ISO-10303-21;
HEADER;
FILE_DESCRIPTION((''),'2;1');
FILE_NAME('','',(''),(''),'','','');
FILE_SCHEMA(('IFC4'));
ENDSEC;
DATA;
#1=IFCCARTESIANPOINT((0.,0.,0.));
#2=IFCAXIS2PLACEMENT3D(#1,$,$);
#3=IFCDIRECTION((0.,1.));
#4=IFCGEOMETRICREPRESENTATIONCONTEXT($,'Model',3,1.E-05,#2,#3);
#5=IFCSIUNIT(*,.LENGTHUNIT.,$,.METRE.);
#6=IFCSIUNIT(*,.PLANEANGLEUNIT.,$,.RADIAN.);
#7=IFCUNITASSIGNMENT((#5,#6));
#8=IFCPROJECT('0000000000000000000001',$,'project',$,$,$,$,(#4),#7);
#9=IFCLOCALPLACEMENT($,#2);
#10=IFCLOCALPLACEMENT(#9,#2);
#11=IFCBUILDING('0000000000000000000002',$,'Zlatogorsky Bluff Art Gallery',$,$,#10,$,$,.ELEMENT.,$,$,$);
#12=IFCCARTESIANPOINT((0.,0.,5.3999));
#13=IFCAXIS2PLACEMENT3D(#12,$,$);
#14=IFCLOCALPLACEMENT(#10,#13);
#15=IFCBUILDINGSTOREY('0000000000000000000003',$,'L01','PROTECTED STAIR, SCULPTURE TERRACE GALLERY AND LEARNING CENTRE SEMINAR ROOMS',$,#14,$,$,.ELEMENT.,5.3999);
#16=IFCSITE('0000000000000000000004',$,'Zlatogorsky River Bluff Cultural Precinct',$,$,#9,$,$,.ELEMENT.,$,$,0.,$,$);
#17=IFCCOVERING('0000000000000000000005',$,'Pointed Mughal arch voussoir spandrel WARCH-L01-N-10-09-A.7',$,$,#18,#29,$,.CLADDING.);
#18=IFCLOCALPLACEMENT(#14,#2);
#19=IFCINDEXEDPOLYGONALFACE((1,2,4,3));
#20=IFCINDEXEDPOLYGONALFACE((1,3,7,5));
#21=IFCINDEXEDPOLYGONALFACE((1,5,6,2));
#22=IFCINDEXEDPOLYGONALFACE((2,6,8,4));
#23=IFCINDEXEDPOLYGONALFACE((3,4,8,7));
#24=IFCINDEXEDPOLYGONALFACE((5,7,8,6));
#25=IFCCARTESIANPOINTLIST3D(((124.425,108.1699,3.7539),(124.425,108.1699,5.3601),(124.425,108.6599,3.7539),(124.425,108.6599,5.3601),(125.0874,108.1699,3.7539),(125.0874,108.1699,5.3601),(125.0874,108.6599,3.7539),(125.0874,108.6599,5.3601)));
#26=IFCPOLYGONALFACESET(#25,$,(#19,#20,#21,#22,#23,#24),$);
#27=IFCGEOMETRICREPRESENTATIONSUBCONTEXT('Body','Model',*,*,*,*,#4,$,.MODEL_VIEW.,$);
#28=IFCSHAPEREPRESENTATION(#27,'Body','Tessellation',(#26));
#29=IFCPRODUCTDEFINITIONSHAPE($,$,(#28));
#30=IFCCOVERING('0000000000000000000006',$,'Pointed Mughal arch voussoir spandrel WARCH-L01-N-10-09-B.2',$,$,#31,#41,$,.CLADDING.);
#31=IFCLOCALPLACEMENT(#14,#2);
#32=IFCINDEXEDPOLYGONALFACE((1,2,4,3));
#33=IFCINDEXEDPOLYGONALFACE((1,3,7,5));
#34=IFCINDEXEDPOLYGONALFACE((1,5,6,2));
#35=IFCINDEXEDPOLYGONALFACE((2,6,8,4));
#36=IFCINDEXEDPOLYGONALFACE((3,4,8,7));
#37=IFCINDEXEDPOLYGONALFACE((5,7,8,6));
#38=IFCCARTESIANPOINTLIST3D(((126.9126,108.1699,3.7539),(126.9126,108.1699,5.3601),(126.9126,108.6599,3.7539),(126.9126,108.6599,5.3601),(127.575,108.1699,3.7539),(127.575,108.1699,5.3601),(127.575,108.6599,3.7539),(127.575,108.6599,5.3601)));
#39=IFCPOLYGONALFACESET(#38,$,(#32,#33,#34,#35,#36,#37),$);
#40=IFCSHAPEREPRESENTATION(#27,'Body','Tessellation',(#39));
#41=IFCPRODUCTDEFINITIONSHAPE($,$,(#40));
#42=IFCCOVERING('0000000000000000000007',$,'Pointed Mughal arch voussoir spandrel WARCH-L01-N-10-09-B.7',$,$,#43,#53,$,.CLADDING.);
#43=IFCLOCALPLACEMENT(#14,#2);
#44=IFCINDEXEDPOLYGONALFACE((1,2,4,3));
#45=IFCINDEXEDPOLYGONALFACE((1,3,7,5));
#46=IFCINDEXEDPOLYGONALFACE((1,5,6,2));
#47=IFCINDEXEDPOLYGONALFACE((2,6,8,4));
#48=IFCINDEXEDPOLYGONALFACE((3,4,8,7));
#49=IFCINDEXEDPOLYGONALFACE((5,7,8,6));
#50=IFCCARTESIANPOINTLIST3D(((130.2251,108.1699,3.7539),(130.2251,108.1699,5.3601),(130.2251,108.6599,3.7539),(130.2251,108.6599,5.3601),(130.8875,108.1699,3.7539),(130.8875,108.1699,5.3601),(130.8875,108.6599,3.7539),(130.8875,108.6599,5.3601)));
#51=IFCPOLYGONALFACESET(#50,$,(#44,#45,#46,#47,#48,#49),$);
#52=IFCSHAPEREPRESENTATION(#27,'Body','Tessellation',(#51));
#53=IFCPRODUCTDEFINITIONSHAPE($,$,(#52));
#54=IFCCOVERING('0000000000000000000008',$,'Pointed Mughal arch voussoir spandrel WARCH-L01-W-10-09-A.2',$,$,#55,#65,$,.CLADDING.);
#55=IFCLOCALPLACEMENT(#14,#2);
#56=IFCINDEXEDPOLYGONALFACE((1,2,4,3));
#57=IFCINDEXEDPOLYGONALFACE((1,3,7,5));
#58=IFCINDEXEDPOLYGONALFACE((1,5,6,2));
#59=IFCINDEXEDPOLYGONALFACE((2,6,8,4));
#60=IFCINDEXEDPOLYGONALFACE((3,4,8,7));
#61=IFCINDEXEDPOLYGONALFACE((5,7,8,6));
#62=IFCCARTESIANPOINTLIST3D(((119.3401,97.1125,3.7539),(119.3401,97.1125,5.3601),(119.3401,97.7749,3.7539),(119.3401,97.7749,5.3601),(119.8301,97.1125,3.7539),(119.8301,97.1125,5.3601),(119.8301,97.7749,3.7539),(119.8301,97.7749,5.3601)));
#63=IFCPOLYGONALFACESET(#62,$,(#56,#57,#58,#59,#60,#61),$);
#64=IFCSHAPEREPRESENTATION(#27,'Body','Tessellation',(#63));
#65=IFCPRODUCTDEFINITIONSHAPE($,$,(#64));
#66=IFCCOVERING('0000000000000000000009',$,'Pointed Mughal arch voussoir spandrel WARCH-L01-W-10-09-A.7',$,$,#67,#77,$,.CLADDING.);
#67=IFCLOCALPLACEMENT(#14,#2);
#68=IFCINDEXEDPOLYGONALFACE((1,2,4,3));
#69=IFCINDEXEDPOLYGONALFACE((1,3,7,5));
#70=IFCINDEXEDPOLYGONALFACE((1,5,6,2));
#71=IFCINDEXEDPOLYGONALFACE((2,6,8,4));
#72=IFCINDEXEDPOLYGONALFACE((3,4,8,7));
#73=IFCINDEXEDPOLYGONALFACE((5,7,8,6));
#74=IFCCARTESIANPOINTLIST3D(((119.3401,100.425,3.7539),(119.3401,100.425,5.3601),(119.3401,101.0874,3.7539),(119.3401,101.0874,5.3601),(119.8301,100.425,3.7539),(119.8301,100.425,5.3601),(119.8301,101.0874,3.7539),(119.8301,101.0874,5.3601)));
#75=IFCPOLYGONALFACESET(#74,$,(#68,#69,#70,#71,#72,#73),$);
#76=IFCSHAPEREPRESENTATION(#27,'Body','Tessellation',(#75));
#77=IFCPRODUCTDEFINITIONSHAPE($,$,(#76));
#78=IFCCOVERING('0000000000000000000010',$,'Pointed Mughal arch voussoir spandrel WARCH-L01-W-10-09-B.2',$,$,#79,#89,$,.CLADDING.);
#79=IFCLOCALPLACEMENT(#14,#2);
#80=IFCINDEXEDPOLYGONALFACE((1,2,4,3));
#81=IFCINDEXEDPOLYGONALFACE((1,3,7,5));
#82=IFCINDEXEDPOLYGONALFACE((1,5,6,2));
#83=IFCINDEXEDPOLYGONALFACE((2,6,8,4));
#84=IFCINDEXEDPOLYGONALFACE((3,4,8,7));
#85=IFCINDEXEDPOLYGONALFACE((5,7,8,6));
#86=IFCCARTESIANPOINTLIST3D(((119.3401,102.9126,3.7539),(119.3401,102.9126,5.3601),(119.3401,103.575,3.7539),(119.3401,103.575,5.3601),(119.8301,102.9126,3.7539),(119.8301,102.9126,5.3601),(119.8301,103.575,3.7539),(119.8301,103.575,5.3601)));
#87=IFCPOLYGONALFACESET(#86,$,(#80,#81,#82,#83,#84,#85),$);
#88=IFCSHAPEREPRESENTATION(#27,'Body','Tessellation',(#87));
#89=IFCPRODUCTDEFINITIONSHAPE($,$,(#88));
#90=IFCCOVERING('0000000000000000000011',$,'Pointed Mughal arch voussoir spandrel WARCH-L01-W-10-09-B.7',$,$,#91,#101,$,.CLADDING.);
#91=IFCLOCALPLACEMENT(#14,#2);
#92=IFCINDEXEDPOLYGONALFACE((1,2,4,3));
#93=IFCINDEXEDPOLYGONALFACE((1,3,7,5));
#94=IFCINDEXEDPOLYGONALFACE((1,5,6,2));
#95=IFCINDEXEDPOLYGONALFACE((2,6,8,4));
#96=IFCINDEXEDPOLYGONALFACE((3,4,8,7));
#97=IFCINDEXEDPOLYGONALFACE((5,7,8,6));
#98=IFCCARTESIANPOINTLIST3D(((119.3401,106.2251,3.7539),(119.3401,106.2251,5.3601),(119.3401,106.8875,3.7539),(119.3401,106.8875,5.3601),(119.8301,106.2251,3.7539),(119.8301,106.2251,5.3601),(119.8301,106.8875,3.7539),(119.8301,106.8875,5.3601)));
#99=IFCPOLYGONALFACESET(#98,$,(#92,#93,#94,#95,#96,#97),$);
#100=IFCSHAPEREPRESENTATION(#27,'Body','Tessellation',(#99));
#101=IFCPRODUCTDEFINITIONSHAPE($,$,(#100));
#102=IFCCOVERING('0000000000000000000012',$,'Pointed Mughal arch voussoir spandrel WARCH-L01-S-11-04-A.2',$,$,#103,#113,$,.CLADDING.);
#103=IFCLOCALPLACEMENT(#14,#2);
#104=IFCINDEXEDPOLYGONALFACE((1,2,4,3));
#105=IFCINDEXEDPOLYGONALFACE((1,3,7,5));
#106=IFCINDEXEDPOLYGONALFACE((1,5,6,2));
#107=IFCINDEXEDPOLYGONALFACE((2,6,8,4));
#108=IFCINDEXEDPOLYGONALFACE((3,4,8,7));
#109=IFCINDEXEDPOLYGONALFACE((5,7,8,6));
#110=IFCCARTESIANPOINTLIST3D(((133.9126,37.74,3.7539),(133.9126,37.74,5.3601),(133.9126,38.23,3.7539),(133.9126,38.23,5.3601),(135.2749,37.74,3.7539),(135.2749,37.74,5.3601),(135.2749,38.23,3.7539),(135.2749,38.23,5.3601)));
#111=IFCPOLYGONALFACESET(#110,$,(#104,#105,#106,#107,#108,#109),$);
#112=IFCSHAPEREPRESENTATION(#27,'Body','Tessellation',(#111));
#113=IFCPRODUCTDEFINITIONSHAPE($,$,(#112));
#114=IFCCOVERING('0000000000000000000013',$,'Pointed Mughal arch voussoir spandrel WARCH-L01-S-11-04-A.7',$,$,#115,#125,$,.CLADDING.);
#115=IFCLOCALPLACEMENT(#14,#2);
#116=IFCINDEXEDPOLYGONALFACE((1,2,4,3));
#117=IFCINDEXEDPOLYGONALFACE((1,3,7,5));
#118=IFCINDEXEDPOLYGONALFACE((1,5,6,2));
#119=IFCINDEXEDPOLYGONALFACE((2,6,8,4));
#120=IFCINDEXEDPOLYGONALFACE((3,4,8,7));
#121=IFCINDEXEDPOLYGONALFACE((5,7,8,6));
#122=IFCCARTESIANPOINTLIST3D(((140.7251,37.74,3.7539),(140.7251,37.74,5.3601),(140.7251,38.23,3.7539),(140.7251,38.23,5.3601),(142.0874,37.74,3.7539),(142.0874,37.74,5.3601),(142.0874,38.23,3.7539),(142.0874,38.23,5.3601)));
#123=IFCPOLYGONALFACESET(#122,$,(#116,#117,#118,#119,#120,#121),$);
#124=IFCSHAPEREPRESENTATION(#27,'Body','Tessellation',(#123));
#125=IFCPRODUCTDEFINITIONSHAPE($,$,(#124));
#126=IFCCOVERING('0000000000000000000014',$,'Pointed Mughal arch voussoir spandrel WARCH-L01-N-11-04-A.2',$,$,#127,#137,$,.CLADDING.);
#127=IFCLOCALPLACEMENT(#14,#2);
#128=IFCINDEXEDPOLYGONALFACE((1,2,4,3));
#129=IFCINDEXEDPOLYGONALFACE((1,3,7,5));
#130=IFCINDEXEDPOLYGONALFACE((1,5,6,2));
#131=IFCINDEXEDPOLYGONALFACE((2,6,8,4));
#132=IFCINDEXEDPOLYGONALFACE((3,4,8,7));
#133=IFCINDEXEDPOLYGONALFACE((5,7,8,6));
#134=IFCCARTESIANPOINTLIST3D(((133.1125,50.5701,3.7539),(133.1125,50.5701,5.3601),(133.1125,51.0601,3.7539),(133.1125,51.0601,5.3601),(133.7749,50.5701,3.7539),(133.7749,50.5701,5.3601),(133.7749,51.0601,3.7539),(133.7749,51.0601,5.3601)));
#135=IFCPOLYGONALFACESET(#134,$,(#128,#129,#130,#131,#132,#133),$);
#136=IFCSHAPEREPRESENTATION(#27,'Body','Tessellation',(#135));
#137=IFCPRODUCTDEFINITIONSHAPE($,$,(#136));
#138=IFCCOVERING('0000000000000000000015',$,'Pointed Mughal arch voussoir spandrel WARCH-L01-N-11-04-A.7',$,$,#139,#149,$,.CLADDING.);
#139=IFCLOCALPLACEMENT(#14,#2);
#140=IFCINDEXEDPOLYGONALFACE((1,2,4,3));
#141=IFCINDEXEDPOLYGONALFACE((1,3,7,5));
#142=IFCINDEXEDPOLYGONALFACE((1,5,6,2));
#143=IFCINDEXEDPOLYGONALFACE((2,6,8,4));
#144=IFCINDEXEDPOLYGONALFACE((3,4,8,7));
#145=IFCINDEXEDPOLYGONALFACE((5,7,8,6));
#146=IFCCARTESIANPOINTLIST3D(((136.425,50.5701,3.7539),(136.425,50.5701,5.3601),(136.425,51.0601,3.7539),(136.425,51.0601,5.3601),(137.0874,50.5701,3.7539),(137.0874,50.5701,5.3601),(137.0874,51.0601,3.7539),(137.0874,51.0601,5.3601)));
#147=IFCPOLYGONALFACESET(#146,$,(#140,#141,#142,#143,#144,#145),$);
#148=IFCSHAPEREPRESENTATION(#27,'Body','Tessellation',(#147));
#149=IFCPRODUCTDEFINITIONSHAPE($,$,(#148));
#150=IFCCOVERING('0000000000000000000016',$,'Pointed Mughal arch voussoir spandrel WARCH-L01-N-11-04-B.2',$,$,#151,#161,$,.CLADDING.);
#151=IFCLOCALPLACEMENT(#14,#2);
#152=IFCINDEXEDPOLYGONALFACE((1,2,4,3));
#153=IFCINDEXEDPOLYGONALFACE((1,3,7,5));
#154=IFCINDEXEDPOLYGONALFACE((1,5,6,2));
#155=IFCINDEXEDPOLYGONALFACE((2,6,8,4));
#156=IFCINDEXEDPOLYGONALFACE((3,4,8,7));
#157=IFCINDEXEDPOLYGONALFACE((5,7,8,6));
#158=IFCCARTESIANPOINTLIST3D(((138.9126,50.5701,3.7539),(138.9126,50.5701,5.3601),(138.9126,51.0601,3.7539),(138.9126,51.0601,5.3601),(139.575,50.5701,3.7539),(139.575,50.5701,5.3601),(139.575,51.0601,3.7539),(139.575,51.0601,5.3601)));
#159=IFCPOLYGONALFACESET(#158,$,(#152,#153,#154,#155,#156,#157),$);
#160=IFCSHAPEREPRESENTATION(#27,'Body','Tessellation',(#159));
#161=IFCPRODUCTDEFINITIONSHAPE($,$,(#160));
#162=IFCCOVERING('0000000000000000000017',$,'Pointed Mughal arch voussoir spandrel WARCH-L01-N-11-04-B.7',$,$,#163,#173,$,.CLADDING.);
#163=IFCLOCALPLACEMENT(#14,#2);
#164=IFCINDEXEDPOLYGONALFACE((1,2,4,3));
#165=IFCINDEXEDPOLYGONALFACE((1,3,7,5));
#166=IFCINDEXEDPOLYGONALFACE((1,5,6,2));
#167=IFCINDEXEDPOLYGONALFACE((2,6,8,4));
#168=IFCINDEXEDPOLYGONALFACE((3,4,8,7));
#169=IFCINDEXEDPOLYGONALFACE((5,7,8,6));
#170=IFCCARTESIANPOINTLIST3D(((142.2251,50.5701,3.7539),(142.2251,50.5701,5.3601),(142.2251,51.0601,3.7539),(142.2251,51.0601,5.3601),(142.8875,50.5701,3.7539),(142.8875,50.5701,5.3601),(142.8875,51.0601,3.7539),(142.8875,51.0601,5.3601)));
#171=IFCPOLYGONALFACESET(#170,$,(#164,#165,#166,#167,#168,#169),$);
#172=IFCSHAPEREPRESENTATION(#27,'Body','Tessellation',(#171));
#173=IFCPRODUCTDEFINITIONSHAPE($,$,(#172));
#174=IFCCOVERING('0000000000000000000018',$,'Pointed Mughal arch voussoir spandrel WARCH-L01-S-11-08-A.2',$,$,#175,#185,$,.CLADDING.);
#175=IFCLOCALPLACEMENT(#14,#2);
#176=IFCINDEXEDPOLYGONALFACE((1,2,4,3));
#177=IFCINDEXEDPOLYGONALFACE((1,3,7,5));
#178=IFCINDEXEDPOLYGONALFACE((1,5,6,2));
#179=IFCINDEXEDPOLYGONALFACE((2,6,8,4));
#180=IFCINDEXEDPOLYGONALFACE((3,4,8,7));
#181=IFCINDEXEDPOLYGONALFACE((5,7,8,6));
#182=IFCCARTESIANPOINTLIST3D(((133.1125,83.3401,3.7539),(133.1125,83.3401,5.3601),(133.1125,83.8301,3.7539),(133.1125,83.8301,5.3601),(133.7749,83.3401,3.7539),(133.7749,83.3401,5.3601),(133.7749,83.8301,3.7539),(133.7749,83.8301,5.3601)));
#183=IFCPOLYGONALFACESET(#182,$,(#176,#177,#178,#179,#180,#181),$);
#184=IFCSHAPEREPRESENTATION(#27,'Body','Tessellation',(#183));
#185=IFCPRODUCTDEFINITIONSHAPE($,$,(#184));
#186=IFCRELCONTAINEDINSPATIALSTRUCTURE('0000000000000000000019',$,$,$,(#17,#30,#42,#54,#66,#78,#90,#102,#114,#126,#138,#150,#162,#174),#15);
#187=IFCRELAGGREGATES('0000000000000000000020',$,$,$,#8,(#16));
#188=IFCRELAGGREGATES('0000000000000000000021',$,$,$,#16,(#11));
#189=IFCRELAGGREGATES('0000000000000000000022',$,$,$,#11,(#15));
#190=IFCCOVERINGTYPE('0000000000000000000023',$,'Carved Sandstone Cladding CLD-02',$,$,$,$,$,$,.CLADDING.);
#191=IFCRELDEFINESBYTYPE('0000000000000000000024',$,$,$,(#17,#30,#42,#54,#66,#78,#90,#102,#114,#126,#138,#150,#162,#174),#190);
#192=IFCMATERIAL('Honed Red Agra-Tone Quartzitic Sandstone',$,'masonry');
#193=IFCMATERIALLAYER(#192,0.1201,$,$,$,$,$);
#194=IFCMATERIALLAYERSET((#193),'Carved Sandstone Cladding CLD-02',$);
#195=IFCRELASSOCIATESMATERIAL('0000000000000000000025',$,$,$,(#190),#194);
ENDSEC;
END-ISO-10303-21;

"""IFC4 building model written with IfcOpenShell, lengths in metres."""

from ifc_helpers import new_model, si_unit, direction, frame, origin, place, context, subcontext, project, spatial, polyline, outline, extrude, material, layer, layer_set, type_object, element, save


model = new_model("IFC4")

# Units and contexts
model_context = context("Model", 3, precision=1e-05, world=origin(), true_north=direction((0.0, 1.0)))
body_context = subcontext(model_context, "Body", "Model", "MODEL_VIEW")
ifc_project = project(units=[si_unit("LENGTHUNIT", "METRE"), si_unit("PLANEANGLEUNIT", "RADIAN")], contexts=[model_context])

# Site, building, storey
site_placement = place(None, origin())
site = spatial("IfcSite", under=ifc_project, at=site_placement, Name="Zlatogorsky River Bluff Cultural Precinct", CompositionType="ELEMENT", RefElevation=0.0)
building_placement = place(site_placement, origin())
building = spatial("IfcBuilding", under=site, at=building_placement, Name="Zlatogorsky Bluff Art Gallery", CompositionType="ELEMENT")
storey_placement = place(building_placement, frame((0.0, 0.0, 5.3999)))
storey = spatial("IfcBuildingStorey", under=building, at=storey_placement, Name="L01", Description="PROTECTED STAIR, SCULPTURE TERRACE GALLERY AND LEARNING CENTRE SEMINAR ROOMS", CompositionType="ELEMENT", Elevation=5.3999)

# Coverings
ifc_material = material(Name="Honed Red Agra-Tone Quartzitic Sandstone", Category="masonry")
ifc_layer = layer(ifc_material, 0.1201)
ifc_layer_set = layer_set([ifc_layer], Name="Carved Sandstone Cladding CLD-02")
covering_type = type_object("IfcCoveringType", Name="Carved Sandstone Cladding CLD-02", PredefinedType="CLADDING", material=ifc_layer_set)
covering_1_placement = place(storey_placement, frame((0.0, 0.0, 3.7539)))
element("IfcCovering", 1, at=covering_1_placement, inside=storey, type_object=covering_type, Name="Pointed Mughal arch voussoir spandrel WARCH-L01-N-10-09-A.7", PredefinedType="CLADDING", context=body_context, shape_type="SweptSolid", body=[
    extrude(outline(polyline([(124.425, 108.1699), (125.0874, 108.1699), (125.0874, 108.6599), (124.425, 108.6599), (124.425, 108.1699)])), origin(), (0.0, 0.0, 1.0), 1.6062),
])
covering_2_placement = place(storey_placement, frame((0.0, 0.0, 3.7539)))
element("IfcCovering", 2, at=covering_2_placement, inside=storey, type_object=covering_type, Name="Pointed Mughal arch voussoir spandrel WARCH-L01-N-10-09-B.2", PredefinedType="CLADDING", context=body_context, shape_type="SweptSolid", body=[
    extrude(outline(polyline([(126.9126, 108.1699), (127.575, 108.1699), (127.575, 108.6599), (126.9126, 108.6599), (126.9126, 108.1699)])), origin(), (0.0, 0.0, 1.0), 1.6062),
])
covering_3_placement = place(storey_placement, frame((0.0, 0.0, 3.7539)))
element("IfcCovering", 3, at=covering_3_placement, inside=storey, type_object=covering_type, Name="Pointed Mughal arch voussoir spandrel WARCH-L01-N-10-09-B.7", PredefinedType="CLADDING", context=body_context, shape_type="SweptSolid", body=[
    extrude(outline(polyline([(130.2251, 108.1699), (130.8875, 108.1699), (130.8875, 108.6599), (130.2251, 108.6599), (130.2251, 108.1699)])), origin(), (0.0, 0.0, 1.0), 1.6062),
])
covering_4_placement = place(storey_placement, frame((0.0, 0.0, 3.7539)))
element("IfcCovering", 4, at=covering_4_placement, inside=storey, type_object=covering_type, Name="Pointed Mughal arch voussoir spandrel WARCH-L01-W-10-09-A.2", PredefinedType="CLADDING", context=body_context, shape_type="SweptSolid", body=[
    extrude(outline(polyline([(119.3401, 97.1125), (119.3401, 97.7749), (119.8301, 97.7749), (119.8301, 97.1125), (119.3401, 97.1125)])), origin(), (0.0, 0.0, 1.0), 1.6062),
])
covering_5_placement = place(storey_placement, frame((0.0, 0.0, 3.7539)))
element("IfcCovering", 5, at=covering_5_placement, inside=storey, type_object=covering_type, Name="Pointed Mughal arch voussoir spandrel WARCH-L01-W-10-09-A.7", PredefinedType="CLADDING", context=body_context, shape_type="SweptSolid", body=[
    extrude(outline(polyline([(119.3401, 100.425), (119.3401, 101.0874), (119.8301, 101.0874), (119.8301, 100.425), (119.3401, 100.425)])), origin(), (0.0, 0.0, 1.0), 1.6062),
])
covering_6_placement = place(storey_placement, frame((0.0, 0.0, 3.7539)))
element("IfcCovering", 6, at=covering_6_placement, inside=storey, type_object=covering_type, Name="Pointed Mughal arch voussoir spandrel WARCH-L01-W-10-09-B.2", PredefinedType="CLADDING", context=body_context, shape_type="SweptSolid", body=[
    extrude(outline(polyline([(119.3401, 102.9126), (119.3401, 103.575), (119.8301, 103.575), (119.8301, 102.9126), (119.3401, 102.9126)])), origin(), (0.0, 0.0, 1.0), 1.6062),
])
covering_7_placement = place(storey_placement, frame((0.0, 0.0, 3.7539)))
element("IfcCovering", 7, at=covering_7_placement, inside=storey, type_object=covering_type, Name="Pointed Mughal arch voussoir spandrel WARCH-L01-W-10-09-B.7", PredefinedType="CLADDING", context=body_context, shape_type="SweptSolid", body=[
    extrude(outline(polyline([(119.3401, 106.2251), (119.3401, 106.8875), (119.8301, 106.8875), (119.8301, 106.2251), (119.3401, 106.2251)])), origin(), (0.0, 0.0, 1.0), 1.6062),
])
covering_8_placement = place(storey_placement, frame((0.0, 0.0, 3.7539)))
element("IfcCovering", 8, at=covering_8_placement, inside=storey, type_object=covering_type, Name="Pointed Mughal arch voussoir spandrel WARCH-L01-S-11-04-A.2", PredefinedType="CLADDING", context=body_context, shape_type="SweptSolid", body=[
    extrude(outline(polyline([(133.9126, 37.74), (135.2749, 37.74), (135.2749, 38.23), (133.9126, 38.23), (133.9126, 37.74)])), origin(), (0.0, 0.0, 1.0), 1.6062),
])
covering_9_placement = place(storey_placement, frame((0.0, 0.0, 3.7539)))
element("IfcCovering", 9, at=covering_9_placement, inside=storey, type_object=covering_type, Name="Pointed Mughal arch voussoir spandrel WARCH-L01-S-11-04-A.7", PredefinedType="CLADDING", context=body_context, shape_type="SweptSolid", body=[
    extrude(outline(polyline([(140.7251, 37.74), (142.0874, 37.74), (142.0874, 38.23), (140.7251, 38.23), (140.7251, 37.74)])), origin(), (0.0, 0.0, 1.0), 1.6062),
])
covering_10_placement = place(storey_placement, frame((0.0, 0.0, 3.7539)))
element("IfcCovering", 10, at=covering_10_placement, inside=storey, type_object=covering_type, Name="Pointed Mughal arch voussoir spandrel WARCH-L01-N-11-04-A.2", PredefinedType="CLADDING", context=body_context, shape_type="SweptSolid", body=[
    extrude(outline(polyline([(133.1125, 50.5701), (133.7749, 50.5701), (133.7749, 51.0601), (133.1125, 51.0601), (133.1125, 50.5701)])), origin(), (0.0, 0.0, 1.0), 1.6062),
])
covering_11_placement = place(storey_placement, frame((0.0, 0.0, 3.7539)))
element("IfcCovering", 11, at=covering_11_placement, inside=storey, type_object=covering_type, Name="Pointed Mughal arch voussoir spandrel WARCH-L01-N-11-04-A.7", PredefinedType="CLADDING", context=body_context, shape_type="SweptSolid", body=[
    extrude(outline(polyline([(136.425, 50.5701), (137.0874, 50.5701), (137.0874, 51.0601), (136.425, 51.0601), (136.425, 50.5701)])), origin(), (0.0, 0.0, 1.0), 1.6062),
])
covering_12_placement = place(storey_placement, frame((0.0, 0.0, 3.7539)))
element("IfcCovering", 12, at=covering_12_placement, inside=storey, type_object=covering_type, Name="Pointed Mughal arch voussoir spandrel WARCH-L01-N-11-04-B.2", PredefinedType="CLADDING", context=body_context, shape_type="SweptSolid", body=[
    extrude(outline(polyline([(138.9126, 50.5701), (139.575, 50.5701), (139.575, 51.0601), (138.9126, 51.0601), (138.9126, 50.5701)])), origin(), (0.0, 0.0, 1.0), 1.6062),
])
covering_13_placement = place(storey_placement, frame((0.0, 0.0, 3.7539)))
element("IfcCovering", 13, at=covering_13_placement, inside=storey, type_object=covering_type, Name="Pointed Mughal arch voussoir spandrel WARCH-L01-N-11-04-B.7", PredefinedType="CLADDING", context=body_context, shape_type="SweptSolid", body=[
    extrude(outline(polyline([(142.2251, 50.5701), (142.8875, 50.5701), (142.8875, 51.0601), (142.2251, 51.0601), (142.2251, 50.5701)])), origin(), (0.0, 0.0, 1.0), 1.6062),
])
covering_14_placement = place(storey_placement, frame((0.0, 0.0, 3.7539)))
element("IfcCovering", 14, at=covering_14_placement, inside=storey, type_object=covering_type, Name="Pointed Mughal arch voussoir spandrel WARCH-L01-S-11-08-A.2", PredefinedType="CLADDING", context=body_context, shape_type="SweptSolid", body=[
    extrude(outline(polyline([(133.1125, 83.3401), (133.7749, 83.3401), (133.7749, 83.8301), (133.1125, 83.8301), (133.1125, 83.3401)])), origin(), (0.0, 0.0, 1.0), 1.6062),
])

save(model, "model.ifc")
